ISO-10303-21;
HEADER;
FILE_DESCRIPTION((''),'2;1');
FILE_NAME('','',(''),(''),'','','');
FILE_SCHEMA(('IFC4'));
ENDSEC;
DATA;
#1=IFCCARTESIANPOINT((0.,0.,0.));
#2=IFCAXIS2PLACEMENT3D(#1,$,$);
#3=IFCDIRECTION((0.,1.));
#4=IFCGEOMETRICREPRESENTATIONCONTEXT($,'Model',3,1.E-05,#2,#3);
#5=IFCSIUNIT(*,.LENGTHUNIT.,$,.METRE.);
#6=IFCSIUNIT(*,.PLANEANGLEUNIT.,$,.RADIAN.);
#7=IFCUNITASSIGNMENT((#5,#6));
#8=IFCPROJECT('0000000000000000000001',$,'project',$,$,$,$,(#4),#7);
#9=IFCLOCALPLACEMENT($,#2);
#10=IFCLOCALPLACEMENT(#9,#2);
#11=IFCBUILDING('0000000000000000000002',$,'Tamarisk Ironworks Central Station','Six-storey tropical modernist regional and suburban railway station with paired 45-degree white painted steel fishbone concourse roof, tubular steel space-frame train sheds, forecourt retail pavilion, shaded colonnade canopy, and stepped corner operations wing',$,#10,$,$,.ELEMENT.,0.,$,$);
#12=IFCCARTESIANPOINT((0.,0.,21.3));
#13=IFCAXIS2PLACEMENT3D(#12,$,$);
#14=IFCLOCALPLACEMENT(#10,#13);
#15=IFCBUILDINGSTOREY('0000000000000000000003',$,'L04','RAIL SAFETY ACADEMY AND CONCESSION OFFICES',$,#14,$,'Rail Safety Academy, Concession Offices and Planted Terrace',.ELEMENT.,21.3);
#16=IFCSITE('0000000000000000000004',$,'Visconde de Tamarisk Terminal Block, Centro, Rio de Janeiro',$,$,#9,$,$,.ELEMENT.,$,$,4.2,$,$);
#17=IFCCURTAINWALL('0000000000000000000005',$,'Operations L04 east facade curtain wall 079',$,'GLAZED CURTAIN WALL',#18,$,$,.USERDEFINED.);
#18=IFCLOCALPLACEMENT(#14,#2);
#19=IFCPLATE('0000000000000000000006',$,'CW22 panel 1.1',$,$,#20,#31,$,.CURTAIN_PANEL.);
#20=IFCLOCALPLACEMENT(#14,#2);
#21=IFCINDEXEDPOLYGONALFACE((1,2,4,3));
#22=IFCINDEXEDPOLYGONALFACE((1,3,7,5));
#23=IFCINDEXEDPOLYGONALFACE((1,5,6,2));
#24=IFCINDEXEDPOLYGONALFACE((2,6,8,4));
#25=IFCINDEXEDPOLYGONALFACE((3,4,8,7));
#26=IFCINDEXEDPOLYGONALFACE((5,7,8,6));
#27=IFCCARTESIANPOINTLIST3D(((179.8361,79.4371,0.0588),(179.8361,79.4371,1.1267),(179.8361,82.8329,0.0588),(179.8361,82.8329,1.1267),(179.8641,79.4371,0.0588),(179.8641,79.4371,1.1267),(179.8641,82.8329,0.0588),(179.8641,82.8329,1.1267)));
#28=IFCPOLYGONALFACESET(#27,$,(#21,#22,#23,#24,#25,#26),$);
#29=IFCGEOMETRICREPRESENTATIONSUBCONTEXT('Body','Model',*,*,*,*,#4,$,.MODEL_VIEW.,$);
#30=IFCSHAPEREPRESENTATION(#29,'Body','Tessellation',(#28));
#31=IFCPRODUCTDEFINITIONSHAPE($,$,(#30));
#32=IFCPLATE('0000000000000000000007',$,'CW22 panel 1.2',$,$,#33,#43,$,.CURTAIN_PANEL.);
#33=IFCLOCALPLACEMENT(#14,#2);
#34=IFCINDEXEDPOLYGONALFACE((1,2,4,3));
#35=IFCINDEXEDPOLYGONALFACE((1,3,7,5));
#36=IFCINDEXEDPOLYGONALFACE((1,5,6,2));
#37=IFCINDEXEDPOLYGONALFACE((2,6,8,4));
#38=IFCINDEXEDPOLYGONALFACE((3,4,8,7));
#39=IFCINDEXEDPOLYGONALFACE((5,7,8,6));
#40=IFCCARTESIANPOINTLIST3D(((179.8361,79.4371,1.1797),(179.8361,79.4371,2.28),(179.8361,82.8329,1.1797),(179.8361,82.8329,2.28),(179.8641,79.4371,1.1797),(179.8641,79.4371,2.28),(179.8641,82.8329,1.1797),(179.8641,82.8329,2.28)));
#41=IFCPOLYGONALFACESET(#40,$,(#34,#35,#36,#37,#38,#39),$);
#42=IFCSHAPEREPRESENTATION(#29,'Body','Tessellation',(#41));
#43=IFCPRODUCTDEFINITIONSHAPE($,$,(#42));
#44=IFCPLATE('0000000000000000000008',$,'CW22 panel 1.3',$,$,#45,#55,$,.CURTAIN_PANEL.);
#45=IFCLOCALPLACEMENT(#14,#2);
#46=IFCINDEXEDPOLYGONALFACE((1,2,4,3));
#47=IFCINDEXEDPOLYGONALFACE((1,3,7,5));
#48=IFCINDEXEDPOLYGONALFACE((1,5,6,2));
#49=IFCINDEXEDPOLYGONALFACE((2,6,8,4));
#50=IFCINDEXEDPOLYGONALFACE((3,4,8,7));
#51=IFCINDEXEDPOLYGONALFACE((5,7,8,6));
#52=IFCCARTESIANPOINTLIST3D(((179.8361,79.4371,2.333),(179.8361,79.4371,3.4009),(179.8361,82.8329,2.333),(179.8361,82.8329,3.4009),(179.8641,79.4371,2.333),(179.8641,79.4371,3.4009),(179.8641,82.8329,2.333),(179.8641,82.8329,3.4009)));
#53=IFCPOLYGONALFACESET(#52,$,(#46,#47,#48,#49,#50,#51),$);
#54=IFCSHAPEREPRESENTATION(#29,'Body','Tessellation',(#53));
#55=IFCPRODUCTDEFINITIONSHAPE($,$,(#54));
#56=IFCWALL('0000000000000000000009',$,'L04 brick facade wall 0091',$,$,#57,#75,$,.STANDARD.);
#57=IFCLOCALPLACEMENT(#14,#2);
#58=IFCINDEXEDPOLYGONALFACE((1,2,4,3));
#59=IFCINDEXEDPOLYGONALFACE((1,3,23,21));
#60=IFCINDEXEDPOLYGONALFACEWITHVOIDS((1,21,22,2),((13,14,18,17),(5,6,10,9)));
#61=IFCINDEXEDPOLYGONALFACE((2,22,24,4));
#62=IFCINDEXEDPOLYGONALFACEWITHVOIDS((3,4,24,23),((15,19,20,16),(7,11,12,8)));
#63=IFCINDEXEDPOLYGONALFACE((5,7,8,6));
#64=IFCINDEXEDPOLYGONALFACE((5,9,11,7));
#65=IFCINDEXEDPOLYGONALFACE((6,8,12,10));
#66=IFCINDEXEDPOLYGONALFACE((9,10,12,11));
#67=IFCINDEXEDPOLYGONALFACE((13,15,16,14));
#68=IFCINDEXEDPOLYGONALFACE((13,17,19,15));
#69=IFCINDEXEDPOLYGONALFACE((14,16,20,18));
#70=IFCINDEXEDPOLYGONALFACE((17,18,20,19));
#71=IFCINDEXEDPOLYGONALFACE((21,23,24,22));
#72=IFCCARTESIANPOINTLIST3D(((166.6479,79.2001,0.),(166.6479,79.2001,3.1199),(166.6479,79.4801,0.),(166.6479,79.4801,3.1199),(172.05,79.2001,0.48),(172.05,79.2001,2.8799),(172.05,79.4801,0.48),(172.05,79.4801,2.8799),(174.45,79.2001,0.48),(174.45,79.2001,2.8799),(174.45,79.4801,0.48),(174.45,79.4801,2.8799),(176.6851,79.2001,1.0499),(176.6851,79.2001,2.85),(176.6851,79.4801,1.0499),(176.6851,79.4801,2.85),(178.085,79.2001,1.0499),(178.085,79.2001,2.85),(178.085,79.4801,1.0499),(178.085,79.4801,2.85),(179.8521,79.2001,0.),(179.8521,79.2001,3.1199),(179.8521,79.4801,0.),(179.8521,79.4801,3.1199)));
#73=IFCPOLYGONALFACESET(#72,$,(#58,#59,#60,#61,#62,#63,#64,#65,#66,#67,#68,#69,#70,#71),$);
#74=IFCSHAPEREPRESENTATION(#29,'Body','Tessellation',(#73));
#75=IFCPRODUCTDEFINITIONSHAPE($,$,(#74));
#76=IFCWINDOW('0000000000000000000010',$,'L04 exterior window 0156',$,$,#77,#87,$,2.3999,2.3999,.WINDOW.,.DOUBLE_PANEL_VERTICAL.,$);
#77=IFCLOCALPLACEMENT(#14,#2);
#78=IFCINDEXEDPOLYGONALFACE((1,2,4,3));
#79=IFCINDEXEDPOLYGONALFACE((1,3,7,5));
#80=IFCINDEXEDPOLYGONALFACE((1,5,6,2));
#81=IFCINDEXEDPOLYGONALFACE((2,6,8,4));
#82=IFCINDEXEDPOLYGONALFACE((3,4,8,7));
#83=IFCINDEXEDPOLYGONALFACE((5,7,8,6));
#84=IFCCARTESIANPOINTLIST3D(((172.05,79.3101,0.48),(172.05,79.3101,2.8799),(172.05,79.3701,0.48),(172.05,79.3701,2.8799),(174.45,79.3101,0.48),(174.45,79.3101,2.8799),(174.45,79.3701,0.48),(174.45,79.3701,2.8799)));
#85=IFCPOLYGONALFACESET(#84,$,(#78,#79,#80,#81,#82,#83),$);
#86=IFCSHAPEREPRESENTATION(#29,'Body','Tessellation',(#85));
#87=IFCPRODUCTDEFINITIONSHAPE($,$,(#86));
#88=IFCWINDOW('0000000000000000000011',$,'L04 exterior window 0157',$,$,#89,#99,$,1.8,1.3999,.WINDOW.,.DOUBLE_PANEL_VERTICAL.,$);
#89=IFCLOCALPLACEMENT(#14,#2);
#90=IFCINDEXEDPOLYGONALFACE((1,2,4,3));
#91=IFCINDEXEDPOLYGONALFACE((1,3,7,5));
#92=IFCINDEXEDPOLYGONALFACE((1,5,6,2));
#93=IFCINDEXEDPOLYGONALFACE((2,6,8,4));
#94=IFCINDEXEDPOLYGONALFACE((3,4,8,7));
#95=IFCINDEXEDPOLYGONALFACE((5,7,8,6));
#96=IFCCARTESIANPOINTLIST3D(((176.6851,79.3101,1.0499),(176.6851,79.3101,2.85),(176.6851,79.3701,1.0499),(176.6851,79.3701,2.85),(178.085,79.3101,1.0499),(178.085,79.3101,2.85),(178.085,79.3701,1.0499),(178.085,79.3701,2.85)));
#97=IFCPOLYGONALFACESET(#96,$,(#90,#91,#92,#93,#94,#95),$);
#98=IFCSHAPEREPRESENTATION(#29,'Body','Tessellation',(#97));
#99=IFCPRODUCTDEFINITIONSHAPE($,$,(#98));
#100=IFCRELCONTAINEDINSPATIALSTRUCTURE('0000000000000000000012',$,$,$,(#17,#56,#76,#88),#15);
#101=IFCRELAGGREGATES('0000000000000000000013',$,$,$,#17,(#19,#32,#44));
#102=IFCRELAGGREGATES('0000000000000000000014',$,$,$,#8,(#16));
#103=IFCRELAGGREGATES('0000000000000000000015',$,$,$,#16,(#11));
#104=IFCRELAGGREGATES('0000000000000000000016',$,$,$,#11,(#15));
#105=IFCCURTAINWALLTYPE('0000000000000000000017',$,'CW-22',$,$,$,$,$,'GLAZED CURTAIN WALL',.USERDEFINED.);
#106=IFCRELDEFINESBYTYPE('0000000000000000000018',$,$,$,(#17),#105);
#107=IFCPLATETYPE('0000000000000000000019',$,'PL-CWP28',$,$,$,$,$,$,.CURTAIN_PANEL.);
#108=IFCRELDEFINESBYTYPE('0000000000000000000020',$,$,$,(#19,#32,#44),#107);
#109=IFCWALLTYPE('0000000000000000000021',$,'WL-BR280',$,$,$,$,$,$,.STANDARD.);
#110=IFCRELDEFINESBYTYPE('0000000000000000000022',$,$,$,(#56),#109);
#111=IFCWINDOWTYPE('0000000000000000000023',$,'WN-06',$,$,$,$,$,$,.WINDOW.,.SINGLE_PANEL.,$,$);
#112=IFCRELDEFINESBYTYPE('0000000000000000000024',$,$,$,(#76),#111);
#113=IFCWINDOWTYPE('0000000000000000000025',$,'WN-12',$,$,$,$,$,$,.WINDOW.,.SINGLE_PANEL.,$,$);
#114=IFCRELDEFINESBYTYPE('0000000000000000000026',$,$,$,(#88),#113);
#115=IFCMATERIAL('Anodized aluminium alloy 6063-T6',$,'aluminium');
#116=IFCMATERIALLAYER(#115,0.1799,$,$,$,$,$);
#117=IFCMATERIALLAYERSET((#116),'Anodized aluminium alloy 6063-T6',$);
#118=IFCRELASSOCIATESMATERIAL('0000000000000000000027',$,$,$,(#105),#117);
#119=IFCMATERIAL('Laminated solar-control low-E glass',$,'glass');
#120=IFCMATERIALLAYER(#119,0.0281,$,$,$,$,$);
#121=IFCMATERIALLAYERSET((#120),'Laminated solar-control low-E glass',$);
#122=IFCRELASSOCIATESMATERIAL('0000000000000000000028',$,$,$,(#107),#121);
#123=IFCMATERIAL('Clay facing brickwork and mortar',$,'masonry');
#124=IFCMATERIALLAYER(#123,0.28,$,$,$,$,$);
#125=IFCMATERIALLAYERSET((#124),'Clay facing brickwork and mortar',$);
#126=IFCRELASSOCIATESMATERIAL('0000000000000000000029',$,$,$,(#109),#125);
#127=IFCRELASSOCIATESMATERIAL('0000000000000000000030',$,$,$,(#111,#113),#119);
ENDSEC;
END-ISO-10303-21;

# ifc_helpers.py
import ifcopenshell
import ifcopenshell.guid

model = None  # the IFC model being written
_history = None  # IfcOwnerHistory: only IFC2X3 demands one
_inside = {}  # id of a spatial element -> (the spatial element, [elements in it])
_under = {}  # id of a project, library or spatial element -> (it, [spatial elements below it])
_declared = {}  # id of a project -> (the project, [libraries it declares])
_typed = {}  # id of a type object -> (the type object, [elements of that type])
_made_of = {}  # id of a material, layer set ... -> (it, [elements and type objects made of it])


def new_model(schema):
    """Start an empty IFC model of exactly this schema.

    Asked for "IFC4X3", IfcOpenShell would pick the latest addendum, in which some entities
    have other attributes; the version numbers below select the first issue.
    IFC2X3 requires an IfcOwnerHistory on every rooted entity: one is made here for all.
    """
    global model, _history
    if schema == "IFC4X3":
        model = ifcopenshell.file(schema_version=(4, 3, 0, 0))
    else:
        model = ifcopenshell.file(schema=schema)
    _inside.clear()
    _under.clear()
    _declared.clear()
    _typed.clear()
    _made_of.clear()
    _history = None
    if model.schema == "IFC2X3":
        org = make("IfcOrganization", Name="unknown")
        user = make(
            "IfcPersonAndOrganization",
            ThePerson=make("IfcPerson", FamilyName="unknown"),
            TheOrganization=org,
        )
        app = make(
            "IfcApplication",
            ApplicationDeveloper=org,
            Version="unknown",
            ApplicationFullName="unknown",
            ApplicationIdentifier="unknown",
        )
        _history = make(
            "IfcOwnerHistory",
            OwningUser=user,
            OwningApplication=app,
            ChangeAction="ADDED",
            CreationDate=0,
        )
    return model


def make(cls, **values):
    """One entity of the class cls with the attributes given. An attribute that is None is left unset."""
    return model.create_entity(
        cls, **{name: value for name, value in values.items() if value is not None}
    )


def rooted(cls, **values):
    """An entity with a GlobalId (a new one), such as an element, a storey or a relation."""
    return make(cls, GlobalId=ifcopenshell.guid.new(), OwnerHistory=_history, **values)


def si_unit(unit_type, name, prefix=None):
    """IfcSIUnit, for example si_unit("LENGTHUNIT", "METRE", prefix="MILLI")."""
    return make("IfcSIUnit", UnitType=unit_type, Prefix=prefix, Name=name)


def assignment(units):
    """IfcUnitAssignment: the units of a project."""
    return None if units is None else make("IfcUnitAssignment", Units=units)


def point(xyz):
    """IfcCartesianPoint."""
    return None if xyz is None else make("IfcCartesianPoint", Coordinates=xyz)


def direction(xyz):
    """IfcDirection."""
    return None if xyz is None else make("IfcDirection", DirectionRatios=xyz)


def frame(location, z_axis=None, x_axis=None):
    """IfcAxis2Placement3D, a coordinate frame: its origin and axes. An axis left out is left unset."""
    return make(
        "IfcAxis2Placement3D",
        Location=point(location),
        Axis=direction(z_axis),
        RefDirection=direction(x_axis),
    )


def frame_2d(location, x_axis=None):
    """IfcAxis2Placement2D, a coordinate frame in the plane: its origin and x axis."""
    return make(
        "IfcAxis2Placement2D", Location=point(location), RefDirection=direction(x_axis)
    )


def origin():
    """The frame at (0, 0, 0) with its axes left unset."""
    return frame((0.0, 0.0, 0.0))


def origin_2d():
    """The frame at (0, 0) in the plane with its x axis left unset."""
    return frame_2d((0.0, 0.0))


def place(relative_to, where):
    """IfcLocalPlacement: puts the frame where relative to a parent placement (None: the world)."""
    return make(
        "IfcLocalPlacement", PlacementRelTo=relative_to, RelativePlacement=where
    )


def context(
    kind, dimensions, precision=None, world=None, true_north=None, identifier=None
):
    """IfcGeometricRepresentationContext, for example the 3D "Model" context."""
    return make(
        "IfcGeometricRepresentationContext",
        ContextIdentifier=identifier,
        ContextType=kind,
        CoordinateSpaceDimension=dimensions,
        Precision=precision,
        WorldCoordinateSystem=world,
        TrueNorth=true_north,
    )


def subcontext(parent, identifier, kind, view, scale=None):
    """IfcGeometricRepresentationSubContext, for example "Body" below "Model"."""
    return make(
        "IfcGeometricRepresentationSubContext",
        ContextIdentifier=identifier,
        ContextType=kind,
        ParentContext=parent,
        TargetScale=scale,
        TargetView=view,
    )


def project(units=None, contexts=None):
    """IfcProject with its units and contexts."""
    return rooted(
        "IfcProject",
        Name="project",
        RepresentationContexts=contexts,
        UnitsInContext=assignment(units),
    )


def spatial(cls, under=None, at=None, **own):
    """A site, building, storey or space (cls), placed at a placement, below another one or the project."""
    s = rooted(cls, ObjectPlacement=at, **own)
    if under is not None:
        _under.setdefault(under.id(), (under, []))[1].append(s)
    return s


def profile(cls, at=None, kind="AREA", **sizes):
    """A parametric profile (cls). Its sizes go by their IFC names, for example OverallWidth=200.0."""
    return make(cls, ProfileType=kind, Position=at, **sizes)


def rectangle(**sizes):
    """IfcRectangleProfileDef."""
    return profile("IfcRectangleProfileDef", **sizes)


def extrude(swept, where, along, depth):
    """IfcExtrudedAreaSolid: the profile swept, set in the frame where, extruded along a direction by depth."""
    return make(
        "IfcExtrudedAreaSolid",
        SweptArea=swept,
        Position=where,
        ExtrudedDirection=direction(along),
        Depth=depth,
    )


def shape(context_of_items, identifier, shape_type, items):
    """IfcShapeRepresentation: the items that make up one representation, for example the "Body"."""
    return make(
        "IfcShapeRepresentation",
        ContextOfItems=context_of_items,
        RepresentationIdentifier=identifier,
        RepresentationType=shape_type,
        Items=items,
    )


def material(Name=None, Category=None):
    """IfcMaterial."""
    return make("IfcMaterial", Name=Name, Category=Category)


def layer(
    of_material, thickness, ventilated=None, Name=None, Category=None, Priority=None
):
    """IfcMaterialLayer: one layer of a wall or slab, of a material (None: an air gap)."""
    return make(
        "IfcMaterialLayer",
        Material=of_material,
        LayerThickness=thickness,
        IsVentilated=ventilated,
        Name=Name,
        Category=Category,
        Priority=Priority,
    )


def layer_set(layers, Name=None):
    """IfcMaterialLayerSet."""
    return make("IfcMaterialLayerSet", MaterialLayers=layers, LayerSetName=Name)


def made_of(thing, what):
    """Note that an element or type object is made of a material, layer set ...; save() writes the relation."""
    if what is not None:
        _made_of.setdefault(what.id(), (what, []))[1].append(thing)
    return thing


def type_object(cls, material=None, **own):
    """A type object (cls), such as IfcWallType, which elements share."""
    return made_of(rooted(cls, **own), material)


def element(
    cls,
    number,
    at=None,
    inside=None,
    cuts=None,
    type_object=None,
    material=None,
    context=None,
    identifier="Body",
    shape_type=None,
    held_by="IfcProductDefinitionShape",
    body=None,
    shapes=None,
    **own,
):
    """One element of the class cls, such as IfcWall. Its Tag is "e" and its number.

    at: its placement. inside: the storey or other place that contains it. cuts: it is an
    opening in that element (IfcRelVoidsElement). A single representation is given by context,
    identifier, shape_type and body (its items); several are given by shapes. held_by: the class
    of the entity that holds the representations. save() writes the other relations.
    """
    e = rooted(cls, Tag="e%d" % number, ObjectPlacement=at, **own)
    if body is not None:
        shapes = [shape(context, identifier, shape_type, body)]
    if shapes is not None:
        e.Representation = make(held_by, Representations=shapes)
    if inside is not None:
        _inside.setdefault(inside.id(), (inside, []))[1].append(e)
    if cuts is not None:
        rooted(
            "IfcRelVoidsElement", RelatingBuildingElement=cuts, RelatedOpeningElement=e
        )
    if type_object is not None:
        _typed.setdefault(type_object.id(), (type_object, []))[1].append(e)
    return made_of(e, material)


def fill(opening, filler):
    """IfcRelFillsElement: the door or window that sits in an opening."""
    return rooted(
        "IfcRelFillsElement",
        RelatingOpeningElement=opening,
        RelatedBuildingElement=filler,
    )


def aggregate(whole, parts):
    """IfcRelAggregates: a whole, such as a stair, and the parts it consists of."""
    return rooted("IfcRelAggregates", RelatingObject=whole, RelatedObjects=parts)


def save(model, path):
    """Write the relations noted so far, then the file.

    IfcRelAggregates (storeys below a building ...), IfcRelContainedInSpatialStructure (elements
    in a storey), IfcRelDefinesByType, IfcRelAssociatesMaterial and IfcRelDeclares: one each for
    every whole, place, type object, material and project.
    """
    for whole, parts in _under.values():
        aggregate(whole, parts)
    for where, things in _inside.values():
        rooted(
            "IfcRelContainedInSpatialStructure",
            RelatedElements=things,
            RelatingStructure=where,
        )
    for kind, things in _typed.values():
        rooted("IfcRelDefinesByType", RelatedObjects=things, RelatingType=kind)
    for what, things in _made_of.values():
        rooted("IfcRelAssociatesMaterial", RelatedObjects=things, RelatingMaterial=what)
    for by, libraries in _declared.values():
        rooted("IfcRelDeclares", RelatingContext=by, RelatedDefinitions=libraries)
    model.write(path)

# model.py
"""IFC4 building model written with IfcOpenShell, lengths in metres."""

from ifc_helpers import new_model, si_unit, direction, frame, frame_2d, origin, origin_2d, place, context, subcontext, project, spatial, rectangle, extrude, material, layer, layer_set, type_object, element, fill, aggregate, save


model = new_model("IFC4")

# Units and contexts
model_context = context("Model", 3, precision=1e-05, world=origin(), true_north=direction((0.0, 1.0)))
body_context = subcontext(model_context, "Body", "Model", "MODEL_VIEW")
ifc_project = project(units=[si_unit("LENGTHUNIT", "METRE"), si_unit("PLANEANGLEUNIT", "RADIAN")], contexts=[model_context])

# Site, building, storey
site_placement = place(None, origin())
site = spatial("IfcSite", under=ifc_project, at=site_placement, Name="Visconde de Tamarisk Terminal Block, Centro, Rio de Janeiro", CompositionType="ELEMENT", RefElevation=4.2)
building_placement = place(site_placement, origin())
building = spatial("IfcBuilding", under=site, at=building_placement, Name="Tamarisk Ironworks Central Station", Description="Six-storey tropical modernist regional and suburban railway station with paired 45-degree white painted steel fishbone concourse roof, tubular steel space-frame train sheds, forecourt retail pavilion, shaded colonnade canopy, and stepped corner operations wing", CompositionType="ELEMENT", ElevationOfRefHeight=0.0)
storey_placement = place(building_placement, frame((0.0, 0.0, 21.3)))
storey = spatial("IfcBuildingStorey", under=building, at=storey_placement, Name="L04", Description="RAIL SAFETY ACADEMY AND CONCESSION OFFICES", LongName="Rail Safety Academy, Concession Offices and Planted Terrace", CompositionType="ELEMENT", Elevation=21.3)

# Curtain wall, plates
ifc_material_1 = material(Name="Anodized aluminium alloy 6063-T6", Category="aluminium")
ifc_layer_1 = layer(ifc_material_1, 0.1799)
ifc_layer_set_1 = layer_set([ifc_layer_1], Name="Anodized aluminium alloy 6063-T6")
curtain_wall_type = type_object("IfcCurtainWallType", Name="CW-22", ElementType="GLAZED CURTAIN WALL", PredefinedType="USERDEFINED", material=ifc_layer_set_1)
curtain_wall_placement = place(storey_placement, origin())
curtain_wall = element("IfcCurtainWall", 1, at=curtain_wall_placement, inside=storey, type_object=curtain_wall_type, Name="Operations L04 east facade curtain wall 079", ObjectType="GLAZED CURTAIN WALL", PredefinedType="USERDEFINED")
ifc_material_2 = material(Name="Laminated solar-control low-E glass", Category="glass")
ifc_layer_2 = layer(ifc_material_2, 0.0281)
ifc_layer_set_2 = layer_set([ifc_layer_2], Name="Laminated solar-control low-E glass")
plate_type = type_object("IfcPlateType", Name="PL-CWP28", PredefinedType="CURTAIN_PANEL", material=ifc_layer_set_2)
plate_1_placement = place(storey_placement, frame((179.8501, 81.135, 0.0588), z_axis=(0.0, 0.0, 1.0), x_axis=(0.0, 1.0, 0.0)))
plate_1 = element("IfcPlate", 2, at=plate_1_placement, type_object=plate_type, Name="CW22 panel 1.1", PredefinedType="CURTAIN_PANEL", context=body_context, shape_type="SweptSolid", body=[
    extrude(rectangle(XDim=3.3958, YDim=0.0281, at=origin_2d()), origin(), (0.0, 0.0, 1.0), 1.0679),
])
plate_2_placement = place(storey_placement, frame((179.8501, 81.135, 1.1797), z_axis=(0.0, 0.0, 1.0), x_axis=(0.0, 1.0, 0.0)))
plate_2 = element("IfcPlate", 3, at=plate_2_placement, type_object=plate_type, Name="CW22 panel 1.2", PredefinedType="CURTAIN_PANEL", context=body_context, shape_type="SweptSolid", body=[
    extrude(rectangle(XDim=3.3958, YDim=0.0281, at=origin_2d()), origin(), (0.0, 0.0, 1.0), 1.1003),
])
plate_3_placement = place(storey_placement, frame((179.8501, 81.135, 2.333), z_axis=(0.0, 0.0, 1.0), x_axis=(0.0, 1.0, 0.0)))
plate_3 = element("IfcPlate", 4, at=plate_3_placement, type_object=plate_type, Name="CW22 panel 1.3", PredefinedType="CURTAIN_PANEL", context=body_context, shape_type="SweptSolid", body=[
    extrude(rectangle(XDim=3.3958, YDim=0.0281, at=origin_2d()), origin(), (0.0, 0.0, 1.0), 1.0679),
])
aggregate(curtain_wall, [plate_1, plate_2, plate_3])

# Wall, openings, windows
ifc_material_3 = material(Name="Clay facing brickwork and mortar", Category="masonry")
ifc_layer_3 = layer(ifc_material_3, 0.28)
ifc_layer_set_3 = layer_set([ifc_layer_3], Name="Clay facing brickwork and mortar")
wall_type = type_object("IfcWallType", Name="WL-BR280", PredefinedType="STANDARD", material=ifc_layer_set_3)
wall_placement = place(storey_placement, frame((166.6479, 79.3401, 0.0), z_axis=(0.0, 0.0, 1.0), x_axis=(1.0, 0.0, 0.0)))
wall = element("IfcWall", 5, at=wall_placement, inside=storey, type_object=wall_type, Name="L04 brick facade wall 0091", PredefinedType="STANDARD", context=body_context, shape_type="SweptSolid", body=[
    extrude(rectangle(XDim=13.2041, YDim=0.28, at=frame_2d((6.6021, 0.0))), origin(), (0.0, 0.0, 1.0), 3.1199),
])
opening_1_placement = place(wall_placement, frame((5.4021, 0.0, 0.48)))
opening_1 = element("IfcOpeningElement", 6, at=opening_1_placement, cuts=wall, PredefinedType="OPENING", context=body_context, shape_type="SweptSolid", body=[
    extrude(rectangle(XDim=2.3999, YDim=2.3999, at=frame_2d((1.2, 1.2))), frame((0.0, 0.1519, 0.0), z_axis=(0.0, -1.0, 0.0), x_axis=(1.0, 0.0, 0.0)), (0.0, 0.0, 1.0), 0.304),
])
opening_2_placement = place(wall_placement, frame((10.0371, 0.0, 1.05)))
opening_2 = element("IfcOpeningElement", 7, at=opening_2_placement, cuts=wall, PredefinedType="OPENING", context=body_context, shape_type="SweptSolid", body=[
    extrude(rectangle(XDim=1.3999, YDim=1.8, at=frame_2d((0.7, 0.8999))), frame((0.0, 0.1519, 0.0), z_axis=(0.0, -1.0, 0.0), x_axis=(1.0, 0.0, 0.0)), (0.0, 0.0, 1.0), 0.304),
])
window_type_1 = type_object("IfcWindowType", Name="WN-06", PartitioningType="SINGLE_PANEL", PredefinedType="WINDOW", material=ifc_material_2)
window_1_placement = place(opening_1_placement, origin())
window_1 = element("IfcWindow", 8, at=window_1_placement, inside=storey, type_object=window_type_1, Name="L04 exterior window 0156", OverallHeight=2.3999, OverallWidth=2.3999, PartitioningType="DOUBLE_PANEL_VERTICAL", PredefinedType="WINDOW", context=body_context, shape_type="SweptSolid", body=[
    extrude(rectangle(XDim=2.3999, YDim=2.3999, at=frame_2d((1.2, 1.2))), frame((0.0, 0.03, 0.0), z_axis=(0.0, -1.0, 0.0), x_axis=(1.0, 0.0, 0.0)), (0.0, 0.0, 1.0), 0.0601),
])
fill(opening_1, window_1)
window_type_2 = type_object("IfcWindowType", Name="WN-12", PartitioningType="SINGLE_PANEL", PredefinedType="WINDOW", material=ifc_material_2)
window_2_placement = place(opening_2_placement, origin())
window_2 = element("IfcWindow", 9, at=window_2_placement, inside=storey, type_object=window_type_2, Name="L04 exterior window 0157", OverallHeight=1.8, OverallWidth=1.3999, PartitioningType="DOUBLE_PANEL_VERTICAL", PredefinedType="WINDOW", context=body_context, shape_type="SweptSolid", body=[
    extrude(rectangle(XDim=1.3999, YDim=1.8, at=frame_2d((0.7, 0.8999))), frame((0.0, 0.03, 0.0), z_axis=(0.0, -1.0, 0.0), x_axis=(1.0, 0.0, 0.0)), (0.0, 0.0, 1.0), 0.0601),
])
fill(opening_2, window_2)

save(model, "model.ifc")
